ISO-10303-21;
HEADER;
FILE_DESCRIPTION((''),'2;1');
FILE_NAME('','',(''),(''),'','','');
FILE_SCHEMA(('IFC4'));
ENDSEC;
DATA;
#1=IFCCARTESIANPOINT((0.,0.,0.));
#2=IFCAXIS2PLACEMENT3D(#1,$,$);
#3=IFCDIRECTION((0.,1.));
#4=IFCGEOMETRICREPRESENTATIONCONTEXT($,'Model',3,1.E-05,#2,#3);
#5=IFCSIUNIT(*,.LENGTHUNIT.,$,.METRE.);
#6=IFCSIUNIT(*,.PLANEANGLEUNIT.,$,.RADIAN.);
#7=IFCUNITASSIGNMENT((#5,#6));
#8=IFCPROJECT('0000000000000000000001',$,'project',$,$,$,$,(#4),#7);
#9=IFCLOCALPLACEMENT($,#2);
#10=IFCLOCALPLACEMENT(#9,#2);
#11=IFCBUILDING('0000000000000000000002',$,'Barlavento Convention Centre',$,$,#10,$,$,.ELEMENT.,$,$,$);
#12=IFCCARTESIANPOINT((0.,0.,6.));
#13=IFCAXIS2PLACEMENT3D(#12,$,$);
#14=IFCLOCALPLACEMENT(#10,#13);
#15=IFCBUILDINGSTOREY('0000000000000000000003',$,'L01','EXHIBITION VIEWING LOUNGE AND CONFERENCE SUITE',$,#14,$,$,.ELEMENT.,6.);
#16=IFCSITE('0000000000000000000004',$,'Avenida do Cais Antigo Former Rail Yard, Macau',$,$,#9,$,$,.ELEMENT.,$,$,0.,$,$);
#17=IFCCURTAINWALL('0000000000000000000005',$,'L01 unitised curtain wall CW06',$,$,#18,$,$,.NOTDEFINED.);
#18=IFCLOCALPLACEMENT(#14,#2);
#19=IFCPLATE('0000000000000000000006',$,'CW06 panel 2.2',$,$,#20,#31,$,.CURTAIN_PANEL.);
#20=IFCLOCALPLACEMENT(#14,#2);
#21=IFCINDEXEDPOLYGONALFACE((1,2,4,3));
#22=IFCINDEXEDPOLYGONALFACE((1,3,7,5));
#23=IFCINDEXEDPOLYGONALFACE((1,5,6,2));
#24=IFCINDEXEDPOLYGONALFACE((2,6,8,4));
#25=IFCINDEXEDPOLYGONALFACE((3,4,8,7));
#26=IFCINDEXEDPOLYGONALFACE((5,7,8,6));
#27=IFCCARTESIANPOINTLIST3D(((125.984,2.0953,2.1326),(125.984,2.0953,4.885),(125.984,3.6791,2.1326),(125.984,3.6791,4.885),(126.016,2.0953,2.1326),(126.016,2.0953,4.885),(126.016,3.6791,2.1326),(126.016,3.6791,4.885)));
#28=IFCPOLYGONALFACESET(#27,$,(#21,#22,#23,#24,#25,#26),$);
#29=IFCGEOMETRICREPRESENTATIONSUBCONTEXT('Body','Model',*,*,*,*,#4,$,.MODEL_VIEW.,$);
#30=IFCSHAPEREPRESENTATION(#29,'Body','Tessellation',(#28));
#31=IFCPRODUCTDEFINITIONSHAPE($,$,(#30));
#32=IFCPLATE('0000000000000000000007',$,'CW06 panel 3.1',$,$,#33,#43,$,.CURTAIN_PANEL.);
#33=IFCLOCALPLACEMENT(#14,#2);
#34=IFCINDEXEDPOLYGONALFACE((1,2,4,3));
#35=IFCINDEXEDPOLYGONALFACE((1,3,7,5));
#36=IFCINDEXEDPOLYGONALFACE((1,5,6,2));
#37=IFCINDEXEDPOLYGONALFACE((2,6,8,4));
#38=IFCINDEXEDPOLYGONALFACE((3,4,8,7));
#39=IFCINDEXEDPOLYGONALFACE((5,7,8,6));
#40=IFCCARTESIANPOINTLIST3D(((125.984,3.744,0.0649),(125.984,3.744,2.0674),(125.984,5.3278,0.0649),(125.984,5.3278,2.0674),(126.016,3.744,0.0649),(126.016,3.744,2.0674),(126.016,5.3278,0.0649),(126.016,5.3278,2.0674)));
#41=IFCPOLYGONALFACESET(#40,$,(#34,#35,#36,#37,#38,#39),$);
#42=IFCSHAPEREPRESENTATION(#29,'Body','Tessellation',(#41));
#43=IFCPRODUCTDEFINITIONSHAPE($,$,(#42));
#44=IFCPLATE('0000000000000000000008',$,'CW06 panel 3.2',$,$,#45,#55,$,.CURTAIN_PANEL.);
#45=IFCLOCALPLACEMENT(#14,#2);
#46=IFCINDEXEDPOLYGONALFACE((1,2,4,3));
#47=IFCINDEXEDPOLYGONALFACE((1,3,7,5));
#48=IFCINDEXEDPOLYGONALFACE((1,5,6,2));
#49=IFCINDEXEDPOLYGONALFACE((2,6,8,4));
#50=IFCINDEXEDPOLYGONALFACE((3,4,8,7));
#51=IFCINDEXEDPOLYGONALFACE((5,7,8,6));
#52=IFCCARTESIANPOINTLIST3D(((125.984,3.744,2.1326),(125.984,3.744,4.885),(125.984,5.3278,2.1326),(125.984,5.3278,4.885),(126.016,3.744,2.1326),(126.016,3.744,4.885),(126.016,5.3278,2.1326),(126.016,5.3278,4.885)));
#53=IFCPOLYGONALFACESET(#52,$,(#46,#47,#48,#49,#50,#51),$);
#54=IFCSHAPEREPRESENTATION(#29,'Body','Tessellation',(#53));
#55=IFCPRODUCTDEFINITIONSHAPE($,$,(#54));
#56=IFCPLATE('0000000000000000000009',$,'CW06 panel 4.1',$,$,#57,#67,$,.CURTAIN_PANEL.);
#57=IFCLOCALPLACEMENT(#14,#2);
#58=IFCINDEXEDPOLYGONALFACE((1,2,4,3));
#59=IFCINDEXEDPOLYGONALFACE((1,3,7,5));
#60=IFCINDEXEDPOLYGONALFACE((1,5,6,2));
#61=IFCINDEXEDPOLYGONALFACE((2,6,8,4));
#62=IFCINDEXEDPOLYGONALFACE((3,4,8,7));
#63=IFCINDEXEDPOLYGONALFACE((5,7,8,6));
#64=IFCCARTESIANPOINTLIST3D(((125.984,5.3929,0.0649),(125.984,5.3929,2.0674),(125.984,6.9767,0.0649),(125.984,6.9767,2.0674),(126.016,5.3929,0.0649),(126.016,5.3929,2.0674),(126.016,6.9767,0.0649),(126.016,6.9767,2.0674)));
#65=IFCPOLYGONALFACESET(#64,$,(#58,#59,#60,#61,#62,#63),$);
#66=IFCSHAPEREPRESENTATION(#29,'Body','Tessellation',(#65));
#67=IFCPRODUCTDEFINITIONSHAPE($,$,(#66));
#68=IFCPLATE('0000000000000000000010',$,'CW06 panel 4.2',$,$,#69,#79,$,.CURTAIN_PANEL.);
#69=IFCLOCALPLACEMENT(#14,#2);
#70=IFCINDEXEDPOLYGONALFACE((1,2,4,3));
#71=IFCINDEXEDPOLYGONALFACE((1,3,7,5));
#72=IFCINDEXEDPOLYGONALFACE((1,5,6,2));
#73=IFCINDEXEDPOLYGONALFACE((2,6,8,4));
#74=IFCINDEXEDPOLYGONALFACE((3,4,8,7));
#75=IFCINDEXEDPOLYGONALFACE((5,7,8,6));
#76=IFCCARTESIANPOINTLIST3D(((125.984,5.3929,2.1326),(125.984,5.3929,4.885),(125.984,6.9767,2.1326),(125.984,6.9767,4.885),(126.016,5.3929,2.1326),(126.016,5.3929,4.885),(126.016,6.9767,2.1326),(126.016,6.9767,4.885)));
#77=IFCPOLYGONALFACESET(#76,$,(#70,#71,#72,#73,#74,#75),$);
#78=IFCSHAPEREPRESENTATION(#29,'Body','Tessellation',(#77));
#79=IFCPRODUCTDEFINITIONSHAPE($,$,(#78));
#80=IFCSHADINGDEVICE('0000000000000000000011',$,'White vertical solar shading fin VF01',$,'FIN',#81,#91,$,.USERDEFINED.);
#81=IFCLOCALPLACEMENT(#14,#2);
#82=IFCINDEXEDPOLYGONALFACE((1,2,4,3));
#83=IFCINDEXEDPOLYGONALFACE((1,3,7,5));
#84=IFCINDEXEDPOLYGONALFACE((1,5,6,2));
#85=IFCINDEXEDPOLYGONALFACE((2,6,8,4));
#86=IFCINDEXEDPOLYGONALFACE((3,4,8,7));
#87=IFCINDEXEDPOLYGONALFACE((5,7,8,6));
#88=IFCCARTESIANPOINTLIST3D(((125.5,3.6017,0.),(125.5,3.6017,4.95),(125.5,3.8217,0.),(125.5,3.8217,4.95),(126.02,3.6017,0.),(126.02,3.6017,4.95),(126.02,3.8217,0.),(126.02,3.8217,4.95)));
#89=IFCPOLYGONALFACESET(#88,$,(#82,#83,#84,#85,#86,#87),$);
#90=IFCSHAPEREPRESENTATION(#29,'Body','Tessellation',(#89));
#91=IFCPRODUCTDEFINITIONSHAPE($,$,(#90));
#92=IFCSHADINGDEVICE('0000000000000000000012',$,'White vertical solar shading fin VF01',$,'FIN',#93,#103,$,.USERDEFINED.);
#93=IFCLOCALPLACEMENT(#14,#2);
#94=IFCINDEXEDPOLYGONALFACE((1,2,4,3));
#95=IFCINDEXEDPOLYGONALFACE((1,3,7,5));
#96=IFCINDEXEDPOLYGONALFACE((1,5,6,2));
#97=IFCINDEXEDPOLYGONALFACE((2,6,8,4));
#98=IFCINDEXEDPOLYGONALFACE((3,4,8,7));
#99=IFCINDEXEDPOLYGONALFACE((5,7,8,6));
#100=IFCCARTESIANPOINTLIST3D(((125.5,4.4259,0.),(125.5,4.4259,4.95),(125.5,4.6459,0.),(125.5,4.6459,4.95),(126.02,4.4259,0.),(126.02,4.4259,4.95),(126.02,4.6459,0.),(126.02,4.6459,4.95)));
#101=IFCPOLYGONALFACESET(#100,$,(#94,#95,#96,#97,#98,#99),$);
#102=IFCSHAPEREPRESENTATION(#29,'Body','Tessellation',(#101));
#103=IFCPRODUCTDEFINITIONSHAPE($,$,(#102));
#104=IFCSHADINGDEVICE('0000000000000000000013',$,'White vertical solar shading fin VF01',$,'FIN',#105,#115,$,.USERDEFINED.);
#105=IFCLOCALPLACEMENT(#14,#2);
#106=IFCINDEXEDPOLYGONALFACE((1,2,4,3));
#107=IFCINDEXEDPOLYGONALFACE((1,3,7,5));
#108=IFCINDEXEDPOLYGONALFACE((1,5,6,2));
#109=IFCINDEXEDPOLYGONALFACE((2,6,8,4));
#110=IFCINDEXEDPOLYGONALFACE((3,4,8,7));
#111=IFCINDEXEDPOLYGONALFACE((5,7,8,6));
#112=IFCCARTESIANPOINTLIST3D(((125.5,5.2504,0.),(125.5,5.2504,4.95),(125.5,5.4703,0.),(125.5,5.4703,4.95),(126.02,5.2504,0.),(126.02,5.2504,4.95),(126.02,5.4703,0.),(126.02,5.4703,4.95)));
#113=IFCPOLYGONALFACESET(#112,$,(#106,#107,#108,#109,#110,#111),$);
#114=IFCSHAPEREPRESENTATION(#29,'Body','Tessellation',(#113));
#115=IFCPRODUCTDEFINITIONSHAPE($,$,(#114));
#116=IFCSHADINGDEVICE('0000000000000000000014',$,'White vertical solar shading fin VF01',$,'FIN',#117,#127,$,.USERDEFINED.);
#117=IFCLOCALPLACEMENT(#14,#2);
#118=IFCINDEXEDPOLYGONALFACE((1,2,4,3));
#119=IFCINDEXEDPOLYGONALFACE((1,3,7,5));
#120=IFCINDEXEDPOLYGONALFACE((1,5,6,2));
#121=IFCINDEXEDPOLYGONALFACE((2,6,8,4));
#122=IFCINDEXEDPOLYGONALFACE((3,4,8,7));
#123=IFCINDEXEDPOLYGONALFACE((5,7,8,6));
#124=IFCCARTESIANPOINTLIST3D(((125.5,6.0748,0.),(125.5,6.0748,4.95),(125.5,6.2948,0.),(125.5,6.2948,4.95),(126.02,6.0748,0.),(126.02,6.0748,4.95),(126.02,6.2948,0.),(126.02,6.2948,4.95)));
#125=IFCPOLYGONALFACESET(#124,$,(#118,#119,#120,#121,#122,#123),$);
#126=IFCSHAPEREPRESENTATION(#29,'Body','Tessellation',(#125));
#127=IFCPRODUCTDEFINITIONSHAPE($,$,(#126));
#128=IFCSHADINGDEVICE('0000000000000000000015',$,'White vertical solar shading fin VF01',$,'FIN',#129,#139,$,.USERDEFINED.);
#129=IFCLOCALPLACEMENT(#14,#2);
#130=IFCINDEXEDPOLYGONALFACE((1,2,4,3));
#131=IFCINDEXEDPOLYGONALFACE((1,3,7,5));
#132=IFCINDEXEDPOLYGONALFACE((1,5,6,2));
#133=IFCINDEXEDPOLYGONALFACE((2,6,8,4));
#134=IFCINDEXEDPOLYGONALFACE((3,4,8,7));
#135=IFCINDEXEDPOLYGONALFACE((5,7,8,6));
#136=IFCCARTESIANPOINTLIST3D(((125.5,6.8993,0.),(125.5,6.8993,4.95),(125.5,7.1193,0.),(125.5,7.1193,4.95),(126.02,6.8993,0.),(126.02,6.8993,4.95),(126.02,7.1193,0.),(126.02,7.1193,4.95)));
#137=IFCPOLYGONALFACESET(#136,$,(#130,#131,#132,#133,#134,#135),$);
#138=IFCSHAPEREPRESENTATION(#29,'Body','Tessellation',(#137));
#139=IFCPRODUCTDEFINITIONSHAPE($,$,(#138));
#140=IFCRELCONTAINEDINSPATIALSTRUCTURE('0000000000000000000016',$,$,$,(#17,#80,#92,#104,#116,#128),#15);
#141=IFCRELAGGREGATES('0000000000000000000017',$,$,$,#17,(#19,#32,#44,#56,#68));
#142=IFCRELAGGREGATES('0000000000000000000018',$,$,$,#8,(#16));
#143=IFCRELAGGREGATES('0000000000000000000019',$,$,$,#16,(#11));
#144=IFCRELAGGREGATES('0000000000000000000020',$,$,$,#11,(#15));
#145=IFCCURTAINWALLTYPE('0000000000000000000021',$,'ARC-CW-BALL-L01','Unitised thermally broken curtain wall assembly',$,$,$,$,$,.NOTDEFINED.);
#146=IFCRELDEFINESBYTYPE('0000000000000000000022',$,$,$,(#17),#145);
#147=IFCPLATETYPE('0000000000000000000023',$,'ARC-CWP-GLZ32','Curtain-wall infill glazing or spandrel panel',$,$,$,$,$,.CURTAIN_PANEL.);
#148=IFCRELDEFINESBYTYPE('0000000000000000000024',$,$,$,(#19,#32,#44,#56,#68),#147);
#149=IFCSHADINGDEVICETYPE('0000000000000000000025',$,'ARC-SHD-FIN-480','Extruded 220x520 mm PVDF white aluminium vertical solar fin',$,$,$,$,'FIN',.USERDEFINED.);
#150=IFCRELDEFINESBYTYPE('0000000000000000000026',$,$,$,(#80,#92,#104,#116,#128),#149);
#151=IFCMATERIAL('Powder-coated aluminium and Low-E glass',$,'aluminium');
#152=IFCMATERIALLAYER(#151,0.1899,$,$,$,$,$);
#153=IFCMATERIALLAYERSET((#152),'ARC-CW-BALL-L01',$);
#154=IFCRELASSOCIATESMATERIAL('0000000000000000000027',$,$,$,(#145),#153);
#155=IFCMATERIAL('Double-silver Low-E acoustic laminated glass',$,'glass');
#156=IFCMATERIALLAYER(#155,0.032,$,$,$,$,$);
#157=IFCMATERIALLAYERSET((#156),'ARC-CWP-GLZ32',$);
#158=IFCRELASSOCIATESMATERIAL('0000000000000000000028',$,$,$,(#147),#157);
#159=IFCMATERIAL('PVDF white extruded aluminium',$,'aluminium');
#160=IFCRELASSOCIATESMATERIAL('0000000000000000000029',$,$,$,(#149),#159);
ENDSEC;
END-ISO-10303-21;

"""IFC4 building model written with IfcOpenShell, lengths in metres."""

from ifc_helpers import new_model, si_unit, direction, frame, origin, origin_2d, place, context, subcontext, project, spatial, rectangle, extrude, material, layer, layer_set, type_object, element, aggregate, save


model = new_model("IFC4")

# Units and contexts
model_context = context("Model", 3, precision=1e-05, world=origin(), true_north=direction((0.0, 1.0)))
body_context = subcontext(model_context, "Body", "Model", "MODEL_VIEW")
ifc_project = project(units=[si_unit("LENGTHUNIT", "METRE"), si_unit("PLANEANGLEUNIT", "RADIAN")], contexts=[model_context])

# Site, building, storey
site_placement = place(None, origin())
site = spatial("IfcSite", under=ifc_project, at=site_placement, Name="Avenida do Cais Antigo Former Rail Yard, Macau", CompositionType="ELEMENT", RefElevation=0.0)
building_placement = place(site_placement, origin())
building = spatial("IfcBuilding", under=site, at=building_placement, Name="Barlavento Convention Centre", CompositionType="ELEMENT")
storey_placement = place(building_placement, frame((0.0, 0.0, 6.0)))
storey = spatial("IfcBuildingStorey", under=building, at=storey_placement, Name="L01", Description="EXHIBITION VIEWING LOUNGE AND CONFERENCE SUITE", CompositionType="ELEMENT", Elevation=6.0)

# Curtain wall, plates
ifc_material_1 = material(Name="Powder-coated aluminium and Low-E glass", Category="aluminium")
ifc_layer_1 = layer(ifc_material_1, 0.1899)
ifc_layer_set_1 = layer_set([ifc_layer_1], Name="ARC-CW-BALL-L01")
curtain_wall_type = type_object("IfcCurtainWallType", Name="ARC-CW-BALL-L01", Description="Unitised thermally broken curtain wall assembly", PredefinedType="NOTDEFINED", material=ifc_layer_set_1)
curtain_wall_placement = place(storey_placement, origin())
curtain_wall = element("IfcCurtainWall", 1, at=curtain_wall_placement, inside=storey, type_object=curtain_wall_type, Name="L01 unitised curtain wall CW06", PredefinedType="NOTDEFINED")
ifc_material_2 = material(Name="Double-silver Low-E acoustic laminated glass", Category="glass")
ifc_layer_2 = layer(ifc_material_2, 0.032)
ifc_layer_set_2 = layer_set([ifc_layer_2], Name="ARC-CWP-GLZ32")
plate_type = type_object("IfcPlateType", Name="ARC-CWP-GLZ32", Description="Curtain-wall infill glazing or spandrel panel", PredefinedType="CURTAIN_PANEL", material=ifc_layer_set_2)
plate_1_placement = place(storey_placement, frame((126.0, 2.8872, 2.1326), z_axis=(0.0, 0.0, 1.0), x_axis=(0.0, 1.0, 0.0)))
plate_1 = element("IfcPlate", 2, at=plate_1_placement, type_object=plate_type, Name="CW06 panel 2.2", PredefinedType="CURTAIN_PANEL", context=body_context, shape_type="SweptSolid", body=[
    extrude(rectangle(XDim=1.5837, YDim=0.032, at=origin_2d()), origin(), (0.0, 0.0, 1.0), 2.7524),
])
plate_2_placement = place(storey_placement, frame((126.0, 4.5359, 0.0649), z_axis=(0.0, 0.0, 1.0), x_axis=(0.0, 1.0, 0.0)))
plate_2 = element("IfcPlate", 3, at=plate_2_placement, type_object=plate_type, Name="CW06 panel 3.1", PredefinedType="CURTAIN_PANEL", context=body_context, shape_type="SweptSolid", body=[
    extrude(rectangle(XDim=1.5837, YDim=0.032, at=origin_2d()), origin(), (0.0, 0.0, 1.0), 2.0024),
])
plate_3_placement = place(storey_placement, frame((126.0, 4.5359, 2.1326), z_axis=(0.0, 0.0, 1.0), x_axis=(0.0, 1.0, 0.0)))
plate_3 = element("IfcPlate", 4, at=plate_3_placement, type_object=plate_type, Name="CW06 panel 3.2", PredefinedType="CURTAIN_PANEL", context=body_context, shape_type="SweptSolid", body=[
    extrude(rectangle(XDim=1.5837, YDim=0.032, at=origin_2d()), origin(), (0.0, 0.0, 1.0), 2.7524),
])
plate_4_placement = place(storey_placement, frame((126.0, 6.1848, 0.0649), z_axis=(0.0, 0.0, 1.0), x_axis=(0.0, 1.0, 0.0)))
plate_4 = element("IfcPlate", 5, at=plate_4_placement, type_object=plate_type, Name="CW06 panel 4.1", PredefinedType="CURTAIN_PANEL", context=body_context, shape_type="SweptSolid", body=[
    extrude(rectangle(XDim=1.5837, YDim=0.032, at=origin_2d()), origin(), (0.0, 0.0, 1.0), 2.0024),
])
plate_5_placement = place(storey_placement, frame((126.0, 6.1848, 2.1326), z_axis=(0.0, 0.0, 1.0), x_axis=(0.0, 1.0, 0.0)))
plate_5 = element("IfcPlate", 6, at=plate_5_placement, type_object=plate_type, Name="CW06 panel 4.2", PredefinedType="CURTAIN_PANEL", context=body_context, shape_type="SweptSolid", body=[
    extrude(rectangle(XDim=1.5837, YDim=0.032, at=origin_2d()), origin(), (0.0, 0.0, 1.0), 2.7524),
])
aggregate(curtain_wall, [plate_1, plate_2, plate_3, plate_4, plate_5])

# Shading devices
ifc_material_3 = material(Name="PVDF white extruded aluminium", Category="aluminium")
shading_device_type = type_object("IfcShadingDeviceType", Name="ARC-SHD-FIN-480", Description="Extruded 220x520 mm PVDF white aluminium vertical solar fin", ElementType="FIN", PredefinedType="USERDEFINED", material=ifc_material_3)
for number, where, z_axis, x_axis, name in (
    (7, (125.76, 3.7117, 0.0), (0.0, 0.0, 1.0), (0.0, 1.0, 0.0), "White vertical solar shading fin VF01"),
    (8, (125.76, 4.5359, 0.0), (0.0, 0.0, 1.0), (0.0, 1.0, 0.0), "White vertical solar shading fin VF01"),
    (9, (125.76, 5.3604, 0.0), (0.0, 0.0, 1.0), (0.0, 1.0, 0.0), "White vertical solar shading fin VF01"),
    (10, (125.76, 6.1848, 0.0), (0.0, 0.0, 1.0), (0.0, 1.0, 0.0), "White vertical solar shading fin VF01"),
    (11, (125.76, 7.0093, 0.0), (0.0, 0.0, 1.0), (0.0, 1.0, 0.0), "White vertical solar shading fin VF01"),
):
    element("IfcShadingDevice", number, at=place(storey_placement, frame(where, z_axis=z_axis, x_axis=x_axis)), inside=storey, type_object=shading_device_type, Name=name, ObjectType="FIN", PredefinedType="USERDEFINED", context=body_context, shape_type="SweptSolid", body=[
        extrude(rectangle(XDim=0.22, YDim=0.52, at=origin_2d()), origin(), (0.0, 0.0, 1.0), 4.95),
    ])

save(model, "model.ifc")
